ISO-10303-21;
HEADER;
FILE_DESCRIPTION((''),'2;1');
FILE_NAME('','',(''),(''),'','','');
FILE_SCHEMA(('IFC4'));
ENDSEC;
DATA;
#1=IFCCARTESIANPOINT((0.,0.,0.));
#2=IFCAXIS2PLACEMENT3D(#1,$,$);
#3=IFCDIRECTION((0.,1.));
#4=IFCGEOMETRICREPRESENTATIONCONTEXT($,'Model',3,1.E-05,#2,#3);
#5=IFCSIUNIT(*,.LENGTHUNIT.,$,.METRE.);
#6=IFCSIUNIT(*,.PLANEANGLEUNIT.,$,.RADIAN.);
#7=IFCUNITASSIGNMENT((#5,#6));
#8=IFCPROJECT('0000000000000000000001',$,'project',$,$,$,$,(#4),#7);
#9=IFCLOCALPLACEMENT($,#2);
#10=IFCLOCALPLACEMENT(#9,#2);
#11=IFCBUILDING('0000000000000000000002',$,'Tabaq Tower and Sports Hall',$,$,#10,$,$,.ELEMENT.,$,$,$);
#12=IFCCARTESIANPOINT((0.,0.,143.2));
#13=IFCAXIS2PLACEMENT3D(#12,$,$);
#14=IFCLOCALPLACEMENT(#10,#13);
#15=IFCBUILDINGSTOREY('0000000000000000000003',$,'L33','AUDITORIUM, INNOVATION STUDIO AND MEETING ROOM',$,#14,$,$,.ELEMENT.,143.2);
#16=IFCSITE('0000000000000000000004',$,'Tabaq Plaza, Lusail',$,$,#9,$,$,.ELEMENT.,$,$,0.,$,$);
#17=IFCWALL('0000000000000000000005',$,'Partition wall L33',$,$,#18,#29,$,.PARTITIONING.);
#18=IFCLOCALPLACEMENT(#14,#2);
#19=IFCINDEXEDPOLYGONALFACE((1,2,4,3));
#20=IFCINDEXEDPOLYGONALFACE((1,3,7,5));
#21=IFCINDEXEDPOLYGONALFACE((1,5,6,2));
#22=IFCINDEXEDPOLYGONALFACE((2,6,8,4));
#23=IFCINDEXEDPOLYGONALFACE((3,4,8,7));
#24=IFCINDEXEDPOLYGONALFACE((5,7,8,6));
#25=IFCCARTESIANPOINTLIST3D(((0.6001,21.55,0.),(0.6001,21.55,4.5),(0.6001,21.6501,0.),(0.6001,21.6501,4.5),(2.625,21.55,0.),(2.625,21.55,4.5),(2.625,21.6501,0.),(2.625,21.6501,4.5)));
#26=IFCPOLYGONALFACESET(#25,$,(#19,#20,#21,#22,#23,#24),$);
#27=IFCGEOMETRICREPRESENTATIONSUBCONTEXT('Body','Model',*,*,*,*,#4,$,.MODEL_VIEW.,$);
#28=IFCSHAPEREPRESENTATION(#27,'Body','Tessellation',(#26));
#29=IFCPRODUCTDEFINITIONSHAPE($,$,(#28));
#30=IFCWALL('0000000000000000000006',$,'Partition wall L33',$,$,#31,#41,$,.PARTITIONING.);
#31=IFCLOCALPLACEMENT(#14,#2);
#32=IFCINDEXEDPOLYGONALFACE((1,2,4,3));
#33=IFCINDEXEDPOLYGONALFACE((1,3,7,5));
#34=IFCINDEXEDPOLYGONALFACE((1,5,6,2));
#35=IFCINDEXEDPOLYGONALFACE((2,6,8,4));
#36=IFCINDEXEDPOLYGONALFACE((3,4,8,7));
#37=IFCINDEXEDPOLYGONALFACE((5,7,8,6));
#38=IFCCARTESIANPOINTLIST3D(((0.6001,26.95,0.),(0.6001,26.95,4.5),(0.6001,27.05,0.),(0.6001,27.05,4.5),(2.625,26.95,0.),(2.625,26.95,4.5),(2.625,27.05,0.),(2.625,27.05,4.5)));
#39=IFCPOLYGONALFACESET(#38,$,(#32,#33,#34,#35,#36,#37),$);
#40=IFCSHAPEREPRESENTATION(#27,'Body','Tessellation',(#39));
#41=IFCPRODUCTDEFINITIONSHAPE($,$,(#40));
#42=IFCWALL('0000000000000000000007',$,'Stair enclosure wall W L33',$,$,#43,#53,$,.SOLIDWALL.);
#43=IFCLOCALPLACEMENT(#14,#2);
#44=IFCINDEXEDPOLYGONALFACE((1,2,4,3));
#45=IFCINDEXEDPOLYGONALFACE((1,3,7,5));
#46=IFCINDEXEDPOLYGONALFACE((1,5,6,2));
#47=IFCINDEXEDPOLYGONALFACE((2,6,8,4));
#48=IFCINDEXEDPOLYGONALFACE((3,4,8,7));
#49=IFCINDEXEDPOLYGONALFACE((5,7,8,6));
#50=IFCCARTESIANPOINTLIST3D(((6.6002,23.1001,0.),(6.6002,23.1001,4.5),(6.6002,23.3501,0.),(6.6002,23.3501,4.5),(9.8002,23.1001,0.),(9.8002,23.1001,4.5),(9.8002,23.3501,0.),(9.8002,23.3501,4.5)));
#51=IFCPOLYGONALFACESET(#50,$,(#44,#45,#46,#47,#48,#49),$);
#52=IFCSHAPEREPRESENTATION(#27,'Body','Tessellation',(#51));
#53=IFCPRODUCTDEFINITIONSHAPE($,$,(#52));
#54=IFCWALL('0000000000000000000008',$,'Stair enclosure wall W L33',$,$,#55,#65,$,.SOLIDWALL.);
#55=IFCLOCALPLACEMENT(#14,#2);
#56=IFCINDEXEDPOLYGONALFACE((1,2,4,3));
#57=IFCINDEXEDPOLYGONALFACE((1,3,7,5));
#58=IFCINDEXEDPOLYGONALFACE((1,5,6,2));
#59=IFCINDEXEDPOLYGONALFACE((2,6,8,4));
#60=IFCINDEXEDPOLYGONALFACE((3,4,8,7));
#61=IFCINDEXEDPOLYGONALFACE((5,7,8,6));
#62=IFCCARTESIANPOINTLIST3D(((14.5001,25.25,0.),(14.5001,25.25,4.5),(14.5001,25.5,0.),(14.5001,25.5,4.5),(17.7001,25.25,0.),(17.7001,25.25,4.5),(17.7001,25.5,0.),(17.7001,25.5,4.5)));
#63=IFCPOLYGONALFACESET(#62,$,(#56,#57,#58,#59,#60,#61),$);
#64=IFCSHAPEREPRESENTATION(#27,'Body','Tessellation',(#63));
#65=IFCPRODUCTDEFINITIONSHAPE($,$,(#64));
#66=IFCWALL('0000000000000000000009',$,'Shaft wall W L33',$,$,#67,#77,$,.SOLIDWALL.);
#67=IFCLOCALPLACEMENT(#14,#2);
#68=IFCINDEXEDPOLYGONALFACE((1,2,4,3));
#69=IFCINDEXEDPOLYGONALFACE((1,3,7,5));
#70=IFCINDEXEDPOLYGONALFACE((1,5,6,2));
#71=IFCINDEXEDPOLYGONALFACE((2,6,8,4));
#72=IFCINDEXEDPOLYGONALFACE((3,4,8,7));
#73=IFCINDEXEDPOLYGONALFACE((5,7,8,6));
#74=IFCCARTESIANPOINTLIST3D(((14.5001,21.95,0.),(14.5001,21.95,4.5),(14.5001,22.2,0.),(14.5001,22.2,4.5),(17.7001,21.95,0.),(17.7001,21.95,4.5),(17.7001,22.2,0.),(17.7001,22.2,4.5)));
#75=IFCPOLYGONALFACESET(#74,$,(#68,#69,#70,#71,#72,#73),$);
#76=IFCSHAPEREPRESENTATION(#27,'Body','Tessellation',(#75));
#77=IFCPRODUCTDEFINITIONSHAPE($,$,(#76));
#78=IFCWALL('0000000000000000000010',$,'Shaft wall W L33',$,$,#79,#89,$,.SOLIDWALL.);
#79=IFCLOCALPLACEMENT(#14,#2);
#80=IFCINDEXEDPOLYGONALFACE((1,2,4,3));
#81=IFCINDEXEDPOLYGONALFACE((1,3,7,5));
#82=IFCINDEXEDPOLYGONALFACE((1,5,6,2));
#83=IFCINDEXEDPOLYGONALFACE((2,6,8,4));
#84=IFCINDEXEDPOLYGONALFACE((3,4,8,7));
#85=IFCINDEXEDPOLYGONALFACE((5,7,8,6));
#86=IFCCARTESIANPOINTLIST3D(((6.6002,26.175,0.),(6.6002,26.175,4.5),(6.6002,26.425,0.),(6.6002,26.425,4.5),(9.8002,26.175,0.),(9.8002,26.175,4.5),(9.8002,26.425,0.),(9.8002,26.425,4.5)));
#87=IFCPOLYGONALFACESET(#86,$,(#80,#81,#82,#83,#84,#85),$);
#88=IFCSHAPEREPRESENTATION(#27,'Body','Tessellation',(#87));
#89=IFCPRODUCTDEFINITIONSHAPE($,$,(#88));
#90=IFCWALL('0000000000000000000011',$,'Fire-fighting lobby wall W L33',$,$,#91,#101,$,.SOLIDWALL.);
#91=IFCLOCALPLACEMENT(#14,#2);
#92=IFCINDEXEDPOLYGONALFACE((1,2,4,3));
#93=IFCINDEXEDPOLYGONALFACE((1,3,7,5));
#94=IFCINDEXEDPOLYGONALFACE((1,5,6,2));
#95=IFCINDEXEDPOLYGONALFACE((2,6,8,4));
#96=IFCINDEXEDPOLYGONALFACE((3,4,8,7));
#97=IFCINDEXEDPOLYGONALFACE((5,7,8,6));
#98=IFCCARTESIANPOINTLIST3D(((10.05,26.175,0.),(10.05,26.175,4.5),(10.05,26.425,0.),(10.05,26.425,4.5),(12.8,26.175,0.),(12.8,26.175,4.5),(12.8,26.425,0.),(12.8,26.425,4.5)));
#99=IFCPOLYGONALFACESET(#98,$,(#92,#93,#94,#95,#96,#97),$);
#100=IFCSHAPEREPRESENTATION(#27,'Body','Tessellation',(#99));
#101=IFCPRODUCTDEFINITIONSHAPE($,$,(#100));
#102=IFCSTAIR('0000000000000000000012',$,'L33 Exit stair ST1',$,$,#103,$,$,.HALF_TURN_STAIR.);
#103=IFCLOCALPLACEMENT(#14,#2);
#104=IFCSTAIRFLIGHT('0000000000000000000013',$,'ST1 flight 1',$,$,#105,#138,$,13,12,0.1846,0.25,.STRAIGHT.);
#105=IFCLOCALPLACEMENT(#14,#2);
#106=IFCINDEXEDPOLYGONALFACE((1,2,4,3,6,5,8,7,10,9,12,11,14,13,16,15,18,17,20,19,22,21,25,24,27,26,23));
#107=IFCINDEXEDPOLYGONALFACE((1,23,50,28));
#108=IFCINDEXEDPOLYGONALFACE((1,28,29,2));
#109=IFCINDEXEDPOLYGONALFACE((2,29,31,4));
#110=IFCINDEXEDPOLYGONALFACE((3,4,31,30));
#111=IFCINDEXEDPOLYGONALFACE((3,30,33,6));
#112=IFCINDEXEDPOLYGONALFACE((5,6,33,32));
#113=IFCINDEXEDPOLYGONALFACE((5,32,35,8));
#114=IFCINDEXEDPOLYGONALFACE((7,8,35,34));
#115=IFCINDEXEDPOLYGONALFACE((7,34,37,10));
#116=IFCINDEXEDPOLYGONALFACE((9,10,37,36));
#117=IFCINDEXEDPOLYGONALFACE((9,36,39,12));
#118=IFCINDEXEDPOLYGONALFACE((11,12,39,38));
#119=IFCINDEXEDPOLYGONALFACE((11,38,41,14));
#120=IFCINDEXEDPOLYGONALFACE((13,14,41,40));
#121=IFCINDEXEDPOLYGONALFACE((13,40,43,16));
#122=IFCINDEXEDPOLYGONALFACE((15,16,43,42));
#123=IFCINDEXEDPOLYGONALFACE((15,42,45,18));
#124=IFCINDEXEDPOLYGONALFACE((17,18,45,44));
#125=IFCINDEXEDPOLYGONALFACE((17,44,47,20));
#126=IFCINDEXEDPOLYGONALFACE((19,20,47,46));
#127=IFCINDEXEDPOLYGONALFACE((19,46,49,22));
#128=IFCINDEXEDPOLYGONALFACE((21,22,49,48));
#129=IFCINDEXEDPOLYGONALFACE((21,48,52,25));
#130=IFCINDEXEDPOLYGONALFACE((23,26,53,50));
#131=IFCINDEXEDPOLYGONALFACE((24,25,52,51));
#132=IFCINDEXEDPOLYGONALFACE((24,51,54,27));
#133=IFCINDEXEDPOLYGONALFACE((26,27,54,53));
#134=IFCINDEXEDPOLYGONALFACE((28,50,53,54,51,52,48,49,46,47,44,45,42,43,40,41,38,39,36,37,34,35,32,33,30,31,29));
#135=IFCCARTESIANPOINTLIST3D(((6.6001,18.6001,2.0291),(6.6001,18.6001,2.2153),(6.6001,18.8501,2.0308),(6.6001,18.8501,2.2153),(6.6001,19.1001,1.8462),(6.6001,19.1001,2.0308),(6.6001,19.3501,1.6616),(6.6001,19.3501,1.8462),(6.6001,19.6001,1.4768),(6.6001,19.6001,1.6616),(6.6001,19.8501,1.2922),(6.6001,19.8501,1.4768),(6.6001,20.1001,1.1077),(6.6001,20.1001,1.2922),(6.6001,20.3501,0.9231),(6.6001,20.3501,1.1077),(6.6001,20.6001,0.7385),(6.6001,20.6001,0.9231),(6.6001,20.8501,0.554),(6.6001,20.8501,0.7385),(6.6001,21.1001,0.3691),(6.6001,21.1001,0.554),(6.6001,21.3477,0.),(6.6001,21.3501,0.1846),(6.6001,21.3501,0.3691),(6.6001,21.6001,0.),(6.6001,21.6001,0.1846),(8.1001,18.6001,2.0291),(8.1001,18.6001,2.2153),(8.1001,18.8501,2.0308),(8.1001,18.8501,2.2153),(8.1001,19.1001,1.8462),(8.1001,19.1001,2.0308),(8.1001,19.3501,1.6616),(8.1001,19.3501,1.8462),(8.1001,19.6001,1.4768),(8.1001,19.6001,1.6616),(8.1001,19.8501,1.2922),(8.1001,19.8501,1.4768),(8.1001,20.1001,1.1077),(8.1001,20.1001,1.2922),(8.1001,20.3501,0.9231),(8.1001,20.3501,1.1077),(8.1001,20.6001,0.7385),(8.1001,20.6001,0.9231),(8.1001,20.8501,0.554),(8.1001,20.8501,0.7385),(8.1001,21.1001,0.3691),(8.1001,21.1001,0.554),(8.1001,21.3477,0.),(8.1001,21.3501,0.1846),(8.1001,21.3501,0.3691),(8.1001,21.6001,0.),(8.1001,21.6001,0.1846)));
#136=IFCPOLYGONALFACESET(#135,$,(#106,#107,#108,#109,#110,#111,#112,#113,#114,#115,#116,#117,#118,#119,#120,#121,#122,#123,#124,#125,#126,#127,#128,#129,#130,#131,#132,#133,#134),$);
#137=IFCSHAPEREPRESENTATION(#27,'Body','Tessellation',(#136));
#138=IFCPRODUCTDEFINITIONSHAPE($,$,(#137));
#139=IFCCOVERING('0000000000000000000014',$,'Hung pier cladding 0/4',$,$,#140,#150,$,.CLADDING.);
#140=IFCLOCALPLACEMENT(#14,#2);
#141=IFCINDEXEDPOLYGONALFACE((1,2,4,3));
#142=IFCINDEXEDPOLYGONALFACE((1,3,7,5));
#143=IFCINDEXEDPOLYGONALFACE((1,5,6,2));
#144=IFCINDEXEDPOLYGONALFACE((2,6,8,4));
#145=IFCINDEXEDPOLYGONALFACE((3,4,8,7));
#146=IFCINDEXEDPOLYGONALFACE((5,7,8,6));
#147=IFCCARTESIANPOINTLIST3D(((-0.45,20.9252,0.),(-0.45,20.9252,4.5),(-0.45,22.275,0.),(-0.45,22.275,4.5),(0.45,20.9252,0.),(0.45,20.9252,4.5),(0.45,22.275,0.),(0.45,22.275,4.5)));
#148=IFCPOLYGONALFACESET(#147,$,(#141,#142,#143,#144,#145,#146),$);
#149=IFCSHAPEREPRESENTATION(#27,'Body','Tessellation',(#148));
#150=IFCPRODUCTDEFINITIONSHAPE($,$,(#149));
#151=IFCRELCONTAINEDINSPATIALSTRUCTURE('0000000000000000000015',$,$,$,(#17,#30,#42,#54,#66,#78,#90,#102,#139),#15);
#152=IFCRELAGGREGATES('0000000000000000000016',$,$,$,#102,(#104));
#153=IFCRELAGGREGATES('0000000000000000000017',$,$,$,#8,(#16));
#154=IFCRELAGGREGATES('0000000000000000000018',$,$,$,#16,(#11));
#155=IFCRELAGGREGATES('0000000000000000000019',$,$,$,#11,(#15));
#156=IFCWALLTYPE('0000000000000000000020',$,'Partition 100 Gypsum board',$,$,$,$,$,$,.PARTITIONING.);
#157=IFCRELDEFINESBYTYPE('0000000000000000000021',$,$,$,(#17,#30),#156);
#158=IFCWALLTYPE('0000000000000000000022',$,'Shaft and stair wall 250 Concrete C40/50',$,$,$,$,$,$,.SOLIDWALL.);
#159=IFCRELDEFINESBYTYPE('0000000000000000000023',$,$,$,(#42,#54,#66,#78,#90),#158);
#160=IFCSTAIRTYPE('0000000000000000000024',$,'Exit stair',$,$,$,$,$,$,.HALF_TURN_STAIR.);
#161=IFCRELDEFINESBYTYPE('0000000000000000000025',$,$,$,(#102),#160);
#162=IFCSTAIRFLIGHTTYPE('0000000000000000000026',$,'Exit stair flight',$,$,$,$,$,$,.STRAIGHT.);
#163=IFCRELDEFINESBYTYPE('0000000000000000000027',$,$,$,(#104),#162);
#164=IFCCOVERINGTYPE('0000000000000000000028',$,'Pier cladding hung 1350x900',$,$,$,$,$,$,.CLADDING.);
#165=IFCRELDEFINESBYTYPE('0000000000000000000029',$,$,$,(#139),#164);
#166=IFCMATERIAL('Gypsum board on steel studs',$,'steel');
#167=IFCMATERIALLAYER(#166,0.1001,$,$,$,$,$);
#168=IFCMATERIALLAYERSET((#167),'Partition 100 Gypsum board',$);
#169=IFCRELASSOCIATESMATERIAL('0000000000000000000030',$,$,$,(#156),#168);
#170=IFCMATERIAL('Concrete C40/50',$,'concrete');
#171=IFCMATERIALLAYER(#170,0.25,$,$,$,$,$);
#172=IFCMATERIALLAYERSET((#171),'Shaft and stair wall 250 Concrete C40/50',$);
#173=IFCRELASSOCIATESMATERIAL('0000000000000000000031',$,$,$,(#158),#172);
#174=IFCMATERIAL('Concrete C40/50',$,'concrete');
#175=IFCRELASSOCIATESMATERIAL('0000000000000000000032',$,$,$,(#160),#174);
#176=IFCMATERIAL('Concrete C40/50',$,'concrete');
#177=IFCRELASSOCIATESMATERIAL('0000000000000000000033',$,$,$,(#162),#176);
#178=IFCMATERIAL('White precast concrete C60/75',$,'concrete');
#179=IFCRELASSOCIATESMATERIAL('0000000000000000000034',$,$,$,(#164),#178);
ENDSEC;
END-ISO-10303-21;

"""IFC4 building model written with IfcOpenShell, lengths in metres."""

from ifc_helpers import new_model, si_unit, direction, frame, frame_2d, origin, place, context, subcontext, project, spatial, polyline, rectangle, outline, extrude, material, layer, layer_set, type_object, element, aggregate, save


model = new_model("IFC4")

# Units and contexts
model_context = context("Model", 3, precision=1e-05, world=origin(), true_north=direction((0.0, 1.0)))
body_context = subcontext(model_context, "Body", "Model", "MODEL_VIEW")
ifc_project = project(units=[si_unit("LENGTHUNIT", "METRE"), si_unit("PLANEANGLEUNIT", "RADIAN")], contexts=[model_context])

# Site, building, storey
site_placement = place(None, origin())
site = spatial("IfcSite", under=ifc_project, at=site_placement, Name="Tabaq Plaza, Lusail", CompositionType="ELEMENT", RefElevation=0.0)
building_placement = place(site_placement, origin())
building = spatial("IfcBuilding", under=site, at=building_placement, Name="Tabaq Tower and Sports Hall", CompositionType="ELEMENT")
storey_placement = place(building_placement, frame((0.0, 0.0, 143.2)))
storey = spatial("IfcBuildingStorey", under=building, at=storey_placement, Name="L33", Description="AUDITORIUM, INNOVATION STUDIO AND MEETING ROOM", CompositionType="ELEMENT", Elevation=143.2)

# Walls
ifc_material_1 = material(Name="Gypsum board on steel studs", Category="steel")
ifc_layer_1 = layer(ifc_material_1, 0.1001)
ifc_layer_set_1 = layer_set([ifc_layer_1], Name="Partition 100 Gypsum board")
wall_type_1 = type_object("IfcWallType", Name="Partition 100 Gypsum board", PredefinedType="PARTITIONING", material=ifc_layer_set_1)
for number, where, z_axis, x_axis, name in (
    (1, (2.625, 21.6001, 0.0), (0.0, 0.0, 1.0), (-1.0, 0.0, 0.0), "Partition wall L33"),
    (2, (2.625, 27.0, 0.0), (0.0, 0.0, 1.0), (-1.0, 0.0, 0.0), "Partition wall L33"),
):
    element("IfcWall", number, at=place(storey_placement, frame(where, z_axis=z_axis, x_axis=x_axis)), inside=storey, type_object=wall_type_1, Name=name, PredefinedType="PARTITIONING", context=body_context, shape_type="SweptSolid", body=[
        extrude(rectangle(XDim=2.0249, YDim=0.1001, at=frame_2d((1.0125, 0.0))), origin(), (0.0, 0.0, 1.0), 4.5),
    ])
ifc_material_2 = material(Name="Concrete C40/50", Category="concrete")
ifc_layer_2 = layer(ifc_material_2, 0.25)
ifc_layer_set_2 = layer_set([ifc_layer_2], Name="Shaft and stair wall 250 Concrete C40/50")
wall_type_2 = type_object("IfcWallType", Name="Shaft and stair wall 250 Concrete C40/50", PredefinedType="SOLIDWALL", material=ifc_layer_set_2)
for number, where, z_axis, x_axis, name in (
    (3, (6.6001, 23.2251, 0.0), (0.0, 0.0, 1.0), (1.0, 0.0, 0.0), "Stair enclosure wall W L33"),
    (4, (14.5, 25.375, 0.0), (0.0, 0.0, 1.0), (1.0, 0.0, 0.0), "Stair enclosure wall W L33"),
    (5, (14.5, 22.075, 0.0), (0.0, 0.0, 1.0), (1.0, 0.0, 0.0), "Shaft wall W L33"),
    (6, (6.6001, 26.3, 0.0), (0.0, 0.0, 1.0), (1.0, 0.0, 0.0), "Shaft wall W L33"),
):
    element("IfcWall", number, at=place(storey_placement, frame(where, z_axis=z_axis, x_axis=x_axis)), inside=storey, type_object=wall_type_2, Name=name, PredefinedType="SOLIDWALL", context=body_context, shape_type="SweptSolid", body=[
        extrude(rectangle(XDim=3.2, YDim=0.25, at=frame_2d((1.6001, 0.0))), origin(), (0.0, 0.0, 1.0), 4.5),
    ])
wall_placement = place(storey_placement, frame((10.05, 26.3, 0.0), z_axis=(0.0, 0.0, 1.0), x_axis=(1.0, 0.0, 0.0)))
element("IfcWall", 7, at=wall_placement, inside=storey, type_object=wall_type_2, Name="Fire-fighting lobby wall W L33", PredefinedType="SOLIDWALL", context=body_context, shape_type="SweptSolid", body=[
    extrude(rectangle(XDim=2.75, YDim=0.25, at=frame_2d((1.375, 0.0))), origin(), (0.0, 0.0, 1.0), 4.5),
])

# Stair, stair flight
ifc_material_3 = material(Name="Concrete C40/50", Category="concrete")
stair_type = type_object("IfcStairType", Name="Exit stair", PredefinedType="HALF_TURN_STAIR", material=ifc_material_3)
stair_placement = place(storey_placement, origin())
stair = element("IfcStair", 8, at=stair_placement, inside=storey, type_object=stair_type, Name="L33 Exit stair ST1", PredefinedType="HALF_TURN_STAIR")
ifc_material_4 = material(Name="Concrete C40/50", Category="concrete")
stair_flight_type = type_object("IfcStairFlightType", Name="Exit stair flight", PredefinedType="STRAIGHT", material=ifc_material_4)
stair_flight_placement = place(storey_placement, frame((7.3501, 21.6001, 0.0), z_axis=(0.0, 0.0, 1.0), x_axis=(0.0, -1.0, 0.0)))
stair_flight = element("IfcStairFlight", 9, at=stair_flight_placement, type_object=stair_flight_type, Name="ST1 flight 1", NumberOfRisers=13, NumberOfTreads=12, PredefinedType="STRAIGHT", RiserHeight=0.1846, TreadLength=0.25, context=body_context, shape_type="SweptSolid", body=[
    extrude(outline(polyline([(0.0, 0.0), (0.0, 0.1846), (0.25, 0.1846), (0.25, 0.3691), (0.5, 0.3691), (0.5, 0.554), (0.75, 0.554), (0.75, 0.7385), (1.0, 0.7385), (1.0, 0.9231), (1.25, 0.9231), (1.25, 1.1077), (1.5, 1.1077), (1.5, 1.2922), (1.75, 1.2922), (1.75, 1.4768), (2.0, 1.4768), (2.0, 1.6616), (2.25, 1.6616), (2.25, 1.8462), (2.5, 1.8462), (2.5, 2.0308), (2.75, 2.0308), (2.75, 2.2153), (3.0, 2.2153), (3.0, 2.3999), (3.0, 2.0291), (0.2524, 0.0), (0.0, 0.0)])), frame((0.0, 0.75, 0.0), z_axis=(0.0, -1.0, 0.0), x_axis=(1.0, 0.0, 0.0)), (0.0, 0.0, 1.0), 1.5),
])
aggregate(stair, [stair_flight])

# Covering
ifc_material_5 = material(Name="White precast concrete C60/75", Category="concrete")
covering_type = type_object("IfcCoveringType", Name="Pier cladding hung 1350x900", PredefinedType="CLADDING", material=ifc_material_5)
covering_placement = place(storey_placement, frame((0.0, 22.2749, 0.0), z_axis=(0.0, 0.0, 1.0), x_axis=(0.0, -1.0, 0.0)))
element("IfcCovering", 10, at=covering_placement, inside=storey, type_object=covering_type, Name="Hung pier cladding 0/4", PredefinedType="CLADDING", context=body_context, shape_type="SweptSolid", body=[
    extrude(rectangle(XDim=1.3499, YDim=0.8999, at=frame_2d((0.6748, 0.0))), origin(), (0.0, 0.0, 1.0), 4.5),
])

save(model, "model.ifc")
